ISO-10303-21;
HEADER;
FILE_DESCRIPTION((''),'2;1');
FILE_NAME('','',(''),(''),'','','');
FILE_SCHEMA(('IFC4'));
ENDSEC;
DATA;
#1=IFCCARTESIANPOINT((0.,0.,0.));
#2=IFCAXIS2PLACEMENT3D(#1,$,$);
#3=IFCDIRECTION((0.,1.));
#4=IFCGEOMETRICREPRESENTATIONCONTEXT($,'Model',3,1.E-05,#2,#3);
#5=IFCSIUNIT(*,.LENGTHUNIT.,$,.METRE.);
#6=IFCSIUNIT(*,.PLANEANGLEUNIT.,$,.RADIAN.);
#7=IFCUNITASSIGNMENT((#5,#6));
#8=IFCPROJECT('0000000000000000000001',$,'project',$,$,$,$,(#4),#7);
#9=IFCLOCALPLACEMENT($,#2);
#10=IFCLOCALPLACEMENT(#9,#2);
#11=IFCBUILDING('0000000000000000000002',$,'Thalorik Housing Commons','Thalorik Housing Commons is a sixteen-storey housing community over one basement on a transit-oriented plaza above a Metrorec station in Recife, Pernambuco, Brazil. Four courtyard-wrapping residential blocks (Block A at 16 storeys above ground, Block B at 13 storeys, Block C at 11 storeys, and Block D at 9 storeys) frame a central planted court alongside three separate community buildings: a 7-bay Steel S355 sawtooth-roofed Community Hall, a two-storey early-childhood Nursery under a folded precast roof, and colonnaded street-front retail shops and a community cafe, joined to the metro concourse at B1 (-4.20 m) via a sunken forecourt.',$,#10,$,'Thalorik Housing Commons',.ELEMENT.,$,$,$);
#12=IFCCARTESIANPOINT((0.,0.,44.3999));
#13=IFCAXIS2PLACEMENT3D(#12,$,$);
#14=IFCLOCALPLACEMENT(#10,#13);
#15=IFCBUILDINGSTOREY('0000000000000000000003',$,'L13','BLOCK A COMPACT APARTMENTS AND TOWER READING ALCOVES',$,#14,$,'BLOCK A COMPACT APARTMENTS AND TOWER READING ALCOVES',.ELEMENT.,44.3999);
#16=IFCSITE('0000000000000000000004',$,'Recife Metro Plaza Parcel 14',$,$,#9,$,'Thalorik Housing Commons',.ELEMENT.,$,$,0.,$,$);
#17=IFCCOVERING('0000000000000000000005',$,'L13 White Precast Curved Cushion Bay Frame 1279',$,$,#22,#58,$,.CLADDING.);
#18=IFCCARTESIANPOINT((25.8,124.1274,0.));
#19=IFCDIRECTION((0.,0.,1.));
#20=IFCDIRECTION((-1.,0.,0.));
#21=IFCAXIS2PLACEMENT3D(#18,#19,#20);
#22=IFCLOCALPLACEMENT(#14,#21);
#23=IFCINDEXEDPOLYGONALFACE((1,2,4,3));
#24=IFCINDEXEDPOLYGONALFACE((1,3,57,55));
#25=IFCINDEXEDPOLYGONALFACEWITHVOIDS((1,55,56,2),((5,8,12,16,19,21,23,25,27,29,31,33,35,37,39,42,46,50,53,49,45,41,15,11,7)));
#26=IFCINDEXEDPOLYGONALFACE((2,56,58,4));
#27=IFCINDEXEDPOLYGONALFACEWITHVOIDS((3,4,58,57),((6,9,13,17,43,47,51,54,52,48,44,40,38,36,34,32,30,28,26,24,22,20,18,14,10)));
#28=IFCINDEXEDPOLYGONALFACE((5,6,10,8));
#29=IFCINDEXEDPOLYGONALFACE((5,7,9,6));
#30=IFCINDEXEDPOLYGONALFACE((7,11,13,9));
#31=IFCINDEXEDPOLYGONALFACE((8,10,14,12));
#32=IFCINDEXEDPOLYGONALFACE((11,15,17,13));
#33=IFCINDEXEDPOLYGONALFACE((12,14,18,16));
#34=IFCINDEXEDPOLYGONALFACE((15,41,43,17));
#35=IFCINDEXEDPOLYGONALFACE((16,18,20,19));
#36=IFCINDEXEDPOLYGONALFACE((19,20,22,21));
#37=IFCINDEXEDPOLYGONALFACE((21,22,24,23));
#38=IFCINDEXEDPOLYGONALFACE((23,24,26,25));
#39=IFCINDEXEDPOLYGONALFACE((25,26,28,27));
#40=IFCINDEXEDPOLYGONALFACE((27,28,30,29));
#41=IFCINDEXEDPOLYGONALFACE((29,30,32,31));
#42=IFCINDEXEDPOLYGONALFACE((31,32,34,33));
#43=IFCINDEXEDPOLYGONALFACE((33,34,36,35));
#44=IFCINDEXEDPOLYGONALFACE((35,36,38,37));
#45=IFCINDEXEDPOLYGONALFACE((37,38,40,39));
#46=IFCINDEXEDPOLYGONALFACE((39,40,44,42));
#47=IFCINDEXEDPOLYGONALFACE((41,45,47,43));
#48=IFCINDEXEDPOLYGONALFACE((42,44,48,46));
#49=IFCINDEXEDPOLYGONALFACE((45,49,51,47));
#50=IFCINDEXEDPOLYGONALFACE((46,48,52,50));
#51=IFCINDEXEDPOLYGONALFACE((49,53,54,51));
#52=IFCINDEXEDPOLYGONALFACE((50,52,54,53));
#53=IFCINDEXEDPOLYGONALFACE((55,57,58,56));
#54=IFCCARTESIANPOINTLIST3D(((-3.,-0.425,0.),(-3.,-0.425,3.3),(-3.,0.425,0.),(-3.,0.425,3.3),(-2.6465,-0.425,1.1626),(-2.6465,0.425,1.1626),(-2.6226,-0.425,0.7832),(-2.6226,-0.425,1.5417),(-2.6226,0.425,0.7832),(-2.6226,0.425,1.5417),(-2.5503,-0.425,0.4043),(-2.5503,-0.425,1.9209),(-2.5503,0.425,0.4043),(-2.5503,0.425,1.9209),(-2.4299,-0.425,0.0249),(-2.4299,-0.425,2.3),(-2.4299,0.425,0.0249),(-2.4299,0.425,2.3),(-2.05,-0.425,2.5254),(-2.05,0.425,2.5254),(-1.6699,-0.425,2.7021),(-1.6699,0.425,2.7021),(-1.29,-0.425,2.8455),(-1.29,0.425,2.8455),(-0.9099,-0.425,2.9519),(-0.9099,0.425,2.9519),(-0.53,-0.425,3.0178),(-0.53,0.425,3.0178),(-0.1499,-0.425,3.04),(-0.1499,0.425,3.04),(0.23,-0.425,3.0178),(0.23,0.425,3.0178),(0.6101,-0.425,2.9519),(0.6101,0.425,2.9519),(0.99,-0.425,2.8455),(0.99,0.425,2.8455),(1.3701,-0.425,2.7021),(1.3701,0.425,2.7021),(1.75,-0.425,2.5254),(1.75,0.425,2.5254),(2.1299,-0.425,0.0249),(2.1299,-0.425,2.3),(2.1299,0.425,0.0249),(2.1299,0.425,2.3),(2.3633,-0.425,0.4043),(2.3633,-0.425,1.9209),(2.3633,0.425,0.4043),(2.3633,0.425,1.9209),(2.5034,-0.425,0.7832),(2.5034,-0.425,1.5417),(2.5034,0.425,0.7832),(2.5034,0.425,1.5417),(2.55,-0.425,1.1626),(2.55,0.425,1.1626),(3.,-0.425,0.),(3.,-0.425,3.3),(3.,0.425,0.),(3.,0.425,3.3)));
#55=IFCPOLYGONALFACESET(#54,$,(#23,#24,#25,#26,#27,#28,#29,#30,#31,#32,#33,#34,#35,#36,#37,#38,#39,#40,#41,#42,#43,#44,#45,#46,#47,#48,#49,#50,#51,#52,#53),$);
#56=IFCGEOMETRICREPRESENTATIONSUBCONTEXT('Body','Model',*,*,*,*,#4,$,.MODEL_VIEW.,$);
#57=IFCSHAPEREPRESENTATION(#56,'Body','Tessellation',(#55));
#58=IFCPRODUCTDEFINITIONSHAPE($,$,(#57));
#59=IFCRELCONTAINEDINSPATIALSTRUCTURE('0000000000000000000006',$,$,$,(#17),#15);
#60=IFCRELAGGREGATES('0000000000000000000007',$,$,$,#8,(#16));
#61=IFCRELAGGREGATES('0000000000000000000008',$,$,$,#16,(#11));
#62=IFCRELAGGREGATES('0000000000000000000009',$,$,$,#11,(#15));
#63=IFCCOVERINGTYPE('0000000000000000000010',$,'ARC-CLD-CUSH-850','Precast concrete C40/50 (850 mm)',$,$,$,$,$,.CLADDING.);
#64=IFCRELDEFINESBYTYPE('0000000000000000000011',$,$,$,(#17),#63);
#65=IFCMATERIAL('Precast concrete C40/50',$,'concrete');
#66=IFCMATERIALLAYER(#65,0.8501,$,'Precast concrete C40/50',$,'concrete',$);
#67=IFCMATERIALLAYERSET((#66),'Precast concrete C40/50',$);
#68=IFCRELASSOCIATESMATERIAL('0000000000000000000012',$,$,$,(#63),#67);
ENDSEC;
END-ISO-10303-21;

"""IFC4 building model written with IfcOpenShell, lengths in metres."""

from ifc_helpers import new_model, si_unit, direction, frame, origin, place, context, subcontext, project, spatial, polyline, outline, extrude, material, layer, layer_set, type_object, element, save


model = new_model("IFC4")

# Units and contexts
model_context = context("Model", 3, precision=1e-05, world=origin(), true_north=direction((0.0, 1.0)))
body_context = subcontext(model_context, "Body", "Model", "MODEL_VIEW")
ifc_project = project(units=[si_unit("LENGTHUNIT", "METRE"), si_unit("PLANEANGLEUNIT", "RADIAN")], contexts=[model_context])

# Site, building, storey
site_placement = place(None, origin())
site = spatial("IfcSite", under=ifc_project, at=site_placement, Name="Recife Metro Plaza Parcel 14", LongName="Thalorik Housing Commons", CompositionType="ELEMENT", RefElevation=0.0)
building_placement = place(site_placement, origin())
building = spatial("IfcBuilding", under=site, at=building_placement, Name="Thalorik Housing Commons", Description="Thalorik Housing Commons is a sixteen-storey housing community over one basement on a transit-oriented plaza above a Metrorec station in Recife, Pernambuco, Brazil. Four courtyard-wrapping residential blocks (Block A at 16 storeys above ground, Block B at 13 storeys, Block C at 11 storeys, and Block D at 9 storeys) frame a central planted court alongside three separate community buildings: a 7-bay Steel S355 sawtooth-roofed Community Hall, a two-storey early-childhood Nursery under a folded precast roof, and colonnaded street-front retail shops and a community cafe, joined to the metro concourse at B1 (-4.20 m) via a sunken forecourt.", LongName="Thalorik Housing Commons", CompositionType="ELEMENT")
storey_placement = place(building_placement, frame((0.0, 0.0, 44.3999)))
storey = spatial("IfcBuildingStorey", under=building, at=storey_placement, Name="L13", Description="BLOCK A COMPACT APARTMENTS AND TOWER READING ALCOVES", LongName="BLOCK A COMPACT APARTMENTS AND TOWER READING ALCOVES", CompositionType="ELEMENT", Elevation=44.3999)

# Shared definitions
ifc_material_1 = material(Name="Precast concrete C40/50", Category="concrete")

# Covering
ifc_layer_1 = layer(ifc_material_1, 0.8501, Name="Precast concrete C40/50", Category="concrete")
ifc_layer_set_1 = layer_set([ifc_layer_1], Name="Precast concrete C40/50")
covering_type_1 = type_object("IfcCoveringType", Name="ARC-CLD-CUSH-850", Description="Precast concrete C40/50 (850 mm)", PredefinedType="CLADDING", material=ifc_layer_set_1)
covering_1_placement = place(storey_placement, frame((25.8, 124.1274, 0.0), z_axis=(0.0, 0.0, 1.0), x_axis=(-1.0, 0.0, 0.0)))
element("IfcCovering", 1, at=covering_1_placement, inside=storey, type_object=covering_type_1, Name="L13 White Precast Curved Cushion Bay Frame 1279", PredefinedType="CLADDING", context=body_context, shape_type="SweptSolid", body=[
    extrude(outline(polyline([(-3.0, 0.0), (3.0, 0.0), (3.0, 3.3), (-3.0, 3.3), (-3.0, 0.0)]), holes=[polyline([(2.1299, 0.0249), (2.3633, 0.4043), (2.5034, 0.7832), (2.55, 1.1626), (2.5034, 1.5417), (2.3633, 1.9209), (2.1299, 2.3), (1.75, 2.5254), (1.3701, 2.7021), (0.99, 2.8455), (0.6101, 2.9519), (0.23, 3.0178), (-0.1499, 3.04), (-0.53, 3.0178), (-0.9099, 2.9519), (-1.29, 2.8455), (-1.6699, 2.7021), (-2.05, 2.5254), (-2.4299, 2.3), (-2.5503, 1.9209), (-2.6226, 1.5417), (-2.6465, 1.1626), (-2.6226, 0.7832), (-2.5503, 0.4043), (-2.4299, 0.0249), (2.1299, 0.0249)])]), frame((0.0, 0.425, 0.0), z_axis=(0.0, -1.0, 0.0), x_axis=(1.0, 0.0, 0.0)), (0.0, 0.0, 1.0), 0.8501),
])

save(model, "model.ifc")
